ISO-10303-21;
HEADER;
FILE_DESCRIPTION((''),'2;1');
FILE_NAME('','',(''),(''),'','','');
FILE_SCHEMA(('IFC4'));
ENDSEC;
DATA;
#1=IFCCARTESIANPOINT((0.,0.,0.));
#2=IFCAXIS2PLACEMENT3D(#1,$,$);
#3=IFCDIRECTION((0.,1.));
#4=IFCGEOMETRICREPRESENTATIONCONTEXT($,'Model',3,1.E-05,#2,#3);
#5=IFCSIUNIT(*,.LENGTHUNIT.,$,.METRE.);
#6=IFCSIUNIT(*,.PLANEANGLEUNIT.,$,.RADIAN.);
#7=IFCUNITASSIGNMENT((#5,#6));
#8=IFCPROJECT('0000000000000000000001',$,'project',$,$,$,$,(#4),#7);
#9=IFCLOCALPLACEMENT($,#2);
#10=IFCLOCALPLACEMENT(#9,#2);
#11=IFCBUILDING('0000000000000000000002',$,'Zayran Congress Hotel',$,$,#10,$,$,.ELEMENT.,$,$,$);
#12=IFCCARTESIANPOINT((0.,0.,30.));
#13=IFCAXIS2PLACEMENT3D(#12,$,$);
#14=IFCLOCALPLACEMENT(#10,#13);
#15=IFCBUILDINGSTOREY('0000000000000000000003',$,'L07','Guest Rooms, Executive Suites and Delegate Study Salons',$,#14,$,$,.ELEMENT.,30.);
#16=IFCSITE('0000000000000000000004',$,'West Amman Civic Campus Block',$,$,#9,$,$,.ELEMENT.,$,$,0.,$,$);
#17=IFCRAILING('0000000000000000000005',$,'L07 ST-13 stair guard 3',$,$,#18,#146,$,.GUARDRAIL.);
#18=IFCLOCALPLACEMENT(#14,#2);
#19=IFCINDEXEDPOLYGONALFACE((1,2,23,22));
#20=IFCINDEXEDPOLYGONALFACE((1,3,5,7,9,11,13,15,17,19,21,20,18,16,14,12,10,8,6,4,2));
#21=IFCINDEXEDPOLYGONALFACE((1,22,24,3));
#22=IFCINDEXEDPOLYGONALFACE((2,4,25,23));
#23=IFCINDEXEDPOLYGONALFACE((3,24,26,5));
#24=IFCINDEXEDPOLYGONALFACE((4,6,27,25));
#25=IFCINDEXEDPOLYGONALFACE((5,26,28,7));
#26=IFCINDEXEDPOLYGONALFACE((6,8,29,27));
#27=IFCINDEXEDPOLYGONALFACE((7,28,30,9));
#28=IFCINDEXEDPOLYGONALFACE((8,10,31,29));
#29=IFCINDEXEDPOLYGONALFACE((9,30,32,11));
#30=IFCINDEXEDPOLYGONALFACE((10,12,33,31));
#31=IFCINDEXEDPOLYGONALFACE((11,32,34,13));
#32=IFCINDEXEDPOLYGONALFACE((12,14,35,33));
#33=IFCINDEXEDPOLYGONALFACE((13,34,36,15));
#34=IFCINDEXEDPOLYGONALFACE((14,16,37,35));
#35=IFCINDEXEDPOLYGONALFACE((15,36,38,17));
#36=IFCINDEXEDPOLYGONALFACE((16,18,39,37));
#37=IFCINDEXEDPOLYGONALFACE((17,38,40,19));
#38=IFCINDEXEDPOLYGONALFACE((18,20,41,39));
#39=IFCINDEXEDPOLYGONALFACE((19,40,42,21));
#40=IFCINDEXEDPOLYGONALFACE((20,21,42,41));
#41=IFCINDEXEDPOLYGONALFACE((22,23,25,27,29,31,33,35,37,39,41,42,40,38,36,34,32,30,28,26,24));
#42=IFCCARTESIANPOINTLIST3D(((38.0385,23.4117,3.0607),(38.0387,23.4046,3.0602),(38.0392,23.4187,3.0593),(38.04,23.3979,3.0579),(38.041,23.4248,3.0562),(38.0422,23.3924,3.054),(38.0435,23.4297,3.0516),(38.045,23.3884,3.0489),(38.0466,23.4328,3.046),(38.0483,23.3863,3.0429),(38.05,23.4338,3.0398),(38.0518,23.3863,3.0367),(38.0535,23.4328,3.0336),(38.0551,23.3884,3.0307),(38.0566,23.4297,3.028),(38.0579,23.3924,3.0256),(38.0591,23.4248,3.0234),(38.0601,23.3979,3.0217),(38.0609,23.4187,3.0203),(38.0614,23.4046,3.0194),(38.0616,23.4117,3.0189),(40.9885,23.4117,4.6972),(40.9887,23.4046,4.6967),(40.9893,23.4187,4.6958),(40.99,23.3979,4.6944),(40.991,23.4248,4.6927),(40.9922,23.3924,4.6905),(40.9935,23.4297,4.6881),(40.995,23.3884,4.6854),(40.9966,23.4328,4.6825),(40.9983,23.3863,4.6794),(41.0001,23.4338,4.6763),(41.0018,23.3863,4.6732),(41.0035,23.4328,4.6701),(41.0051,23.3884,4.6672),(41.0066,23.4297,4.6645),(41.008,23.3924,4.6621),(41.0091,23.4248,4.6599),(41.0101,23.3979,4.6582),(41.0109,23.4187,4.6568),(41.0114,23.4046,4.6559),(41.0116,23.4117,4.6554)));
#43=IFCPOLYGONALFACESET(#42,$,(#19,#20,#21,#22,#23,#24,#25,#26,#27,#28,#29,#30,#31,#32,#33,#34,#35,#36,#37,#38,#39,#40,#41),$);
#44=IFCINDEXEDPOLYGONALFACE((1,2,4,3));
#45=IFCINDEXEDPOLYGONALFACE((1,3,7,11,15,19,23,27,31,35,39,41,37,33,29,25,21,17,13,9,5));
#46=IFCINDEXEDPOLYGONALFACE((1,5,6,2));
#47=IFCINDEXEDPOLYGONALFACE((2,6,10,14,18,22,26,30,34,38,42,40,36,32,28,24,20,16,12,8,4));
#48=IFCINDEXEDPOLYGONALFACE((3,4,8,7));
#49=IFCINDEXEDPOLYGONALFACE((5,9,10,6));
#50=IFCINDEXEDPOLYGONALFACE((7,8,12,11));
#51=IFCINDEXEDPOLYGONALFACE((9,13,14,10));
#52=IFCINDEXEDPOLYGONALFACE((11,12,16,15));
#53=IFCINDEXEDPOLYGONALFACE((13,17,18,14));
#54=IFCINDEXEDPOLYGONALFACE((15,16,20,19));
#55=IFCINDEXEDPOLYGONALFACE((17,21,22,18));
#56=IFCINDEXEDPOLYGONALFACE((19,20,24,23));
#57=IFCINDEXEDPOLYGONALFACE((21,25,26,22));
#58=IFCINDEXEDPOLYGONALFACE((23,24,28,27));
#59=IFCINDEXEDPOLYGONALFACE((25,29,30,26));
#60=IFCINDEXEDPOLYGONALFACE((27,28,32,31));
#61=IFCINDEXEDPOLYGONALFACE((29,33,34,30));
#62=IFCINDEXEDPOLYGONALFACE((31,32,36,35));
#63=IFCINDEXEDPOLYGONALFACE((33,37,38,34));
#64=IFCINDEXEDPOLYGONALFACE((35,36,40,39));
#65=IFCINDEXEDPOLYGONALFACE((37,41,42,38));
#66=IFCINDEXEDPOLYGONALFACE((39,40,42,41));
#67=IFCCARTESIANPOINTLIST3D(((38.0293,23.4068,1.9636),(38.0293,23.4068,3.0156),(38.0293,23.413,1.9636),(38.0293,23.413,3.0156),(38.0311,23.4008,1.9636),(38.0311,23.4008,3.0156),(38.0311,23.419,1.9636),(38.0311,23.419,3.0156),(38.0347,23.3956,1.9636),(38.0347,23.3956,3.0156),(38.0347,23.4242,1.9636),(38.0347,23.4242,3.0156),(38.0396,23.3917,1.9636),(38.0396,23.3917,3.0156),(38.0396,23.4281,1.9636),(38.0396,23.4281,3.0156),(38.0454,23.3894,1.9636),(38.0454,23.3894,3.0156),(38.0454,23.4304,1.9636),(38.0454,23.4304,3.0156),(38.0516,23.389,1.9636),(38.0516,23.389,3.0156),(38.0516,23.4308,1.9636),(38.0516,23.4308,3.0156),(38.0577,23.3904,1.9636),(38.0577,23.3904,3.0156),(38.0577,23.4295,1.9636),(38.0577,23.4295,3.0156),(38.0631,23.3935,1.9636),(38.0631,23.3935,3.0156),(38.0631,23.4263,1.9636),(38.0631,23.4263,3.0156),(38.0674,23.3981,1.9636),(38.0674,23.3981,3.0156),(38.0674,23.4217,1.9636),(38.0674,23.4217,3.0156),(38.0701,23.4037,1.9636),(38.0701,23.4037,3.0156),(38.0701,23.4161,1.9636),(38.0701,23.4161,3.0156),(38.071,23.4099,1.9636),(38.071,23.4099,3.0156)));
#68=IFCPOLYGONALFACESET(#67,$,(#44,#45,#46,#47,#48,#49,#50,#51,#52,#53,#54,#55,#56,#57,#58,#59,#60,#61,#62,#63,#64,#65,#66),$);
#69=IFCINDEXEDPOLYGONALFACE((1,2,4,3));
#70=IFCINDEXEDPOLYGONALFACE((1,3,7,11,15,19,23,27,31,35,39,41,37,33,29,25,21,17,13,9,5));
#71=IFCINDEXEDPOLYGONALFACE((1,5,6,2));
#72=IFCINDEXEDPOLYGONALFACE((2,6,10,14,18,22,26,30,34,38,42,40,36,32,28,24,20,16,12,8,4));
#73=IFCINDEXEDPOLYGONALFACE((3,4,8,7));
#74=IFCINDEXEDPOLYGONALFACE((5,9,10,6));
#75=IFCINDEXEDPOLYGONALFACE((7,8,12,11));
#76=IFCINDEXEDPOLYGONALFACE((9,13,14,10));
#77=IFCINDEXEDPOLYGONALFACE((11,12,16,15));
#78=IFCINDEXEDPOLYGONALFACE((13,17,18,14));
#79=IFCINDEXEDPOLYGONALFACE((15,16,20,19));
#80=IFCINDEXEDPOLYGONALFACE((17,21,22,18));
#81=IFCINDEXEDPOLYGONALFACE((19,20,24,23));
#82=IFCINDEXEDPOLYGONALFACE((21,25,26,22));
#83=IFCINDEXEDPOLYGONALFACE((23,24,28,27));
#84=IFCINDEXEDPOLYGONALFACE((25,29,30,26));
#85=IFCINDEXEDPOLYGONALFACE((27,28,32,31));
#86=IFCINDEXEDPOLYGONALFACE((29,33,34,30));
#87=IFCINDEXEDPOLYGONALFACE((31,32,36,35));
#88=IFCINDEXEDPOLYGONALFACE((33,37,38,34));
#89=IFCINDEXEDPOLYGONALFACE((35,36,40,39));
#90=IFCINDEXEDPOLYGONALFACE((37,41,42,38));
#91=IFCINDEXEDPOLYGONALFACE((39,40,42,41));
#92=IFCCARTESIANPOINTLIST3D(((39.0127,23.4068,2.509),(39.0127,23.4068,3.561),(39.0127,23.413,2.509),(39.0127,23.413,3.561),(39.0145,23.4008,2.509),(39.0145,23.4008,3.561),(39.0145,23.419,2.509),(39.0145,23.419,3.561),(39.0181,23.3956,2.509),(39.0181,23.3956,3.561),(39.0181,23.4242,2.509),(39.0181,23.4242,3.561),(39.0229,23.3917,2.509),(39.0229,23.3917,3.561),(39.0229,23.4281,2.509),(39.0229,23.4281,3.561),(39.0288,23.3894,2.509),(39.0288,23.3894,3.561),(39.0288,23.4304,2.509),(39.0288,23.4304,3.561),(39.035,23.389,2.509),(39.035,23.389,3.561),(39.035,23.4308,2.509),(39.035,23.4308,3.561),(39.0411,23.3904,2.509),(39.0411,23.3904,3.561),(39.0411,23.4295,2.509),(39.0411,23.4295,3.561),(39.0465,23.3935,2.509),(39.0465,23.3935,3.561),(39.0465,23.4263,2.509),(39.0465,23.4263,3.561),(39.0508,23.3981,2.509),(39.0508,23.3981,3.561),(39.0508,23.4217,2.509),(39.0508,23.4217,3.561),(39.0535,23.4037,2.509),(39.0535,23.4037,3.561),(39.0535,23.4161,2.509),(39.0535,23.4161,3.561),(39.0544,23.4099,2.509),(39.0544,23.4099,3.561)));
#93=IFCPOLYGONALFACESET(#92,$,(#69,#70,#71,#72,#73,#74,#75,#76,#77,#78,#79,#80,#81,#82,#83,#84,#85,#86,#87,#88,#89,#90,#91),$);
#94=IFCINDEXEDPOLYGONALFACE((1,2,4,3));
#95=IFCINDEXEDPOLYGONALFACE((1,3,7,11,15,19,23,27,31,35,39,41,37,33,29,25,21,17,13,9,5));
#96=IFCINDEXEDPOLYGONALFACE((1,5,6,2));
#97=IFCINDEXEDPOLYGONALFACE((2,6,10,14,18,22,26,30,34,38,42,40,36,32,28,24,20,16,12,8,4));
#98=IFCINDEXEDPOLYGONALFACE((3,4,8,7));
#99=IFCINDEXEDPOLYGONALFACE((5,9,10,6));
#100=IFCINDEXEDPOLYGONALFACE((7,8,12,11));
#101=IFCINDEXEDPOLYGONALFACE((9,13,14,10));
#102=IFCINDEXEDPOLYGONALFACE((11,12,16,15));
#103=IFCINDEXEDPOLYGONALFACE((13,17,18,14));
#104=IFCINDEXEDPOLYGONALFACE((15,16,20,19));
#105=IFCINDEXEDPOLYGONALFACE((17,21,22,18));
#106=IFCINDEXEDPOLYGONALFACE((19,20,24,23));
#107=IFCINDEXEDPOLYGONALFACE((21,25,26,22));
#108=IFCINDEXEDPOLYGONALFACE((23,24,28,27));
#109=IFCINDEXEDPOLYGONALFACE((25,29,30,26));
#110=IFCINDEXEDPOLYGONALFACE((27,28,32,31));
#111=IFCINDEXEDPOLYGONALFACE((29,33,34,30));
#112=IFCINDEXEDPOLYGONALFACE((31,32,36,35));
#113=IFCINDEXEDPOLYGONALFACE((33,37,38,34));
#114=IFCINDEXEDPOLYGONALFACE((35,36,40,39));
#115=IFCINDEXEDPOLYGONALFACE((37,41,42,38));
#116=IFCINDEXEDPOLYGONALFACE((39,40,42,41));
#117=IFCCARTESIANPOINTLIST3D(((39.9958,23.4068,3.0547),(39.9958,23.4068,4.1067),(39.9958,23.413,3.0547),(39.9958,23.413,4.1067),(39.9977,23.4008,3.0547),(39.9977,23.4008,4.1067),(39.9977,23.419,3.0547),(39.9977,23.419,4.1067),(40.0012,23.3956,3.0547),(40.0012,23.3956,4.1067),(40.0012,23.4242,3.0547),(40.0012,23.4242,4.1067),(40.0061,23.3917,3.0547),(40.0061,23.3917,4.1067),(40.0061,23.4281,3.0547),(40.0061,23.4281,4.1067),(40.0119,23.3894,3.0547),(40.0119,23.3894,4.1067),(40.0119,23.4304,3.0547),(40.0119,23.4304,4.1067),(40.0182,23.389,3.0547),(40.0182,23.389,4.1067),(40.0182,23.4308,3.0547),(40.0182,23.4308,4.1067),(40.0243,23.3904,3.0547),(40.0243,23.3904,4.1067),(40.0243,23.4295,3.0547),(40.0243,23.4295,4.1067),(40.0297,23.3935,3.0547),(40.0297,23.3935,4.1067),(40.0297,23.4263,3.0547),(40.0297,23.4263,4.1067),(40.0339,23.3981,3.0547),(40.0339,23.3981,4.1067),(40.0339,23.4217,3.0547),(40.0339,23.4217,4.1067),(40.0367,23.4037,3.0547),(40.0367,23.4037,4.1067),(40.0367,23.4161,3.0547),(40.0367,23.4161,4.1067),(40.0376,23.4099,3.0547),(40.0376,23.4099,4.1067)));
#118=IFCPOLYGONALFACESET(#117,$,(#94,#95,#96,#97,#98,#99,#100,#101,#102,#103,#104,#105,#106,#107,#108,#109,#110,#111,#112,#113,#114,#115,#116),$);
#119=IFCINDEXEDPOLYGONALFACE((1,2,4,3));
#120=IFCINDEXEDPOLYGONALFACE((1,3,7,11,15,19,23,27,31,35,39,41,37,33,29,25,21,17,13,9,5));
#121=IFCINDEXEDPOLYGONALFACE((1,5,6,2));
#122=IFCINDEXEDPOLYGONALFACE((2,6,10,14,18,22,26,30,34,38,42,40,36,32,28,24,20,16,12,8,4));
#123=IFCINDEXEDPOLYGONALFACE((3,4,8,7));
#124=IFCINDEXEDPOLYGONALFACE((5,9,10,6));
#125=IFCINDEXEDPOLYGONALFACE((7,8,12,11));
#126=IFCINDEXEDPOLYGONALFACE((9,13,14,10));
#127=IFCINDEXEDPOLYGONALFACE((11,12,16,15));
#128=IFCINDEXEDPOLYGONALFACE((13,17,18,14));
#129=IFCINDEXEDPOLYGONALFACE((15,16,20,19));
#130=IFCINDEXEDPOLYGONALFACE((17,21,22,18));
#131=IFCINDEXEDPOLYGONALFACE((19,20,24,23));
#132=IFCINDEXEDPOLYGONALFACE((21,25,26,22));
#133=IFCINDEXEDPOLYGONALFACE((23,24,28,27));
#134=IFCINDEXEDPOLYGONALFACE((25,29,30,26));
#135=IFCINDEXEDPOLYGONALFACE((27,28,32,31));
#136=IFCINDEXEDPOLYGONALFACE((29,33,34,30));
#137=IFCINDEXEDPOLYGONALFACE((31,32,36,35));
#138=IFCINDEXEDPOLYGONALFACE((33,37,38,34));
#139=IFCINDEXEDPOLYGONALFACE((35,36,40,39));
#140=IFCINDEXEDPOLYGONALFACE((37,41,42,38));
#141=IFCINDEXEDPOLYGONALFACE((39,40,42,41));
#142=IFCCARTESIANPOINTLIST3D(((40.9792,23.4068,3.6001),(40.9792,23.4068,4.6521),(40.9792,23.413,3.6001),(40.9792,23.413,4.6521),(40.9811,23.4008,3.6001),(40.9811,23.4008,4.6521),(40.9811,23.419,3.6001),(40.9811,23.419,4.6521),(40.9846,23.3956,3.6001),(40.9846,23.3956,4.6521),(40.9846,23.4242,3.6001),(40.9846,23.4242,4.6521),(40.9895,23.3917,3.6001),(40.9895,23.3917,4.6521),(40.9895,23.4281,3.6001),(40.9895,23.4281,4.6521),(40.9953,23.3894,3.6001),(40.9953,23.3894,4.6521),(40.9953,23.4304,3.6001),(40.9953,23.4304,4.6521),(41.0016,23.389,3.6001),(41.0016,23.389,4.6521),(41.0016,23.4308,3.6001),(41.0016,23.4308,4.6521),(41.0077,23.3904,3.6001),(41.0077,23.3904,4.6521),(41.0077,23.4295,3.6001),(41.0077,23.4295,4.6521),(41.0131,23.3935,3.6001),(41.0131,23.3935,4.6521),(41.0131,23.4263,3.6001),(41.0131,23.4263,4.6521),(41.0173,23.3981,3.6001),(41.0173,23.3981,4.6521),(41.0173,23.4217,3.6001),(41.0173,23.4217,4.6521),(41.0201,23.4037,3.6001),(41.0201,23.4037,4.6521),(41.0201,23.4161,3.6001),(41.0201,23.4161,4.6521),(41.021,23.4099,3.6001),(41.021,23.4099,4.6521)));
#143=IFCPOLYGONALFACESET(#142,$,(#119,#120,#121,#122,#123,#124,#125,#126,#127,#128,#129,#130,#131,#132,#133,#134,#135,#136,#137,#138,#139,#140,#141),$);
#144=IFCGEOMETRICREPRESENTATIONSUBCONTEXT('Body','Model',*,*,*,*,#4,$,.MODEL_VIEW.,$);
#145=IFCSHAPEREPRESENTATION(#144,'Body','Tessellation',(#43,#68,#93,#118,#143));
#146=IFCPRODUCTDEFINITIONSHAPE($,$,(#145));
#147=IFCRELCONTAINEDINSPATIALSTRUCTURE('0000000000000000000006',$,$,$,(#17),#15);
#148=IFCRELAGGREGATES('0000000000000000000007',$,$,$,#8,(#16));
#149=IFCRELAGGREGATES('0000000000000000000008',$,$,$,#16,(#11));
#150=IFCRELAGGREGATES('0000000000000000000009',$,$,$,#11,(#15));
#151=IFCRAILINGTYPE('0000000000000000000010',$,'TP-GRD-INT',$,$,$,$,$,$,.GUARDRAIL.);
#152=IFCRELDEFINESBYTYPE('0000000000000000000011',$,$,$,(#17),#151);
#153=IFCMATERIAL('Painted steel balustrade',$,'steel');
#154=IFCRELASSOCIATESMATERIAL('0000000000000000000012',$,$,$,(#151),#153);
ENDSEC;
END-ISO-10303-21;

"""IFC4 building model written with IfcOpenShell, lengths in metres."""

from ifc_helpers import new_model, si_unit, direction, frame, origin, origin_2d, place, context, subcontext, project, spatial, circle, extrude, material, type_object, element, save


model = new_model("IFC4")

# Units and contexts
model_context = context("Model", 3, precision=1e-05, world=origin(), true_north=direction((0.0, 1.0)))
body_context = subcontext(model_context, "Body", "Model", "MODEL_VIEW")
ifc_project = project(units=[si_unit("LENGTHUNIT", "METRE"), si_unit("PLANEANGLEUNIT", "RADIAN")], contexts=[model_context])

# Site, building, storey
site_placement = place(None, origin())
site = spatial("IfcSite", under=ifc_project, at=site_placement, Name="West Amman Civic Campus Block", CompositionType="ELEMENT", RefElevation=0.0)
building_placement = place(site_placement, origin())
building = spatial("IfcBuilding", under=site, at=building_placement, Name="Zayran Congress Hotel", CompositionType="ELEMENT")
storey_placement = place(building_placement, frame((0.0, 0.0, 30.0)))
storey = spatial("IfcBuildingStorey", under=building, at=storey_placement, Name="L07", Description="Guest Rooms, Executive Suites and Delegate Study Salons", CompositionType="ELEMENT", Elevation=30.0)

# Railing
ifc_material_1 = material(Name="Painted steel balustrade", Category="steel")
railing_type_1 = type_object("IfcRailingType", Name="TP-GRD-INT", PredefinedType="GUARDRAIL", material=ifc_material_1)
railing_1_placement = place(storey_placement, frame((38.05, 23.4099, 1.9636)))
element("IfcRailing", 1, at=railing_1_placement, inside=storey, type_object=railing_type_1, Name="L07 ST-13 stair guard 3", PredefinedType="GUARDRAIL", context=body_context, shape_type="SweptSolid", body=[
    extrude(circle(Radius=0.0239, at=origin_2d()), frame((0.0, 0.0, 1.0762), z_axis=(0.874458, 0.0, 0.485102), x_axis=(0.0, 1.0, 0.0)), (0.0, 0.0, 1.0), 3.3735),
    extrude(circle(Radius=0.021, at=origin_2d()), origin(), (0.0, 0.0, 1.0), 1.052),
    extrude(circle(Radius=0.021, at=origin_2d()), frame((0.9834, 0.0, 0.5454)), (0.0, 0.0, 1.0), 1.052),
    extrude(circle(Radius=0.021, at=origin_2d()), frame((1.9666, 0.0, 1.0911)), (0.0, 0.0, 1.0), 1.052),
    extrude(circle(Radius=0.021, at=origin_2d()), frame((2.95, 0.0, 1.6365)), (0.0, 0.0, 1.0), 1.052),
])

save(model, "model.ifc")
